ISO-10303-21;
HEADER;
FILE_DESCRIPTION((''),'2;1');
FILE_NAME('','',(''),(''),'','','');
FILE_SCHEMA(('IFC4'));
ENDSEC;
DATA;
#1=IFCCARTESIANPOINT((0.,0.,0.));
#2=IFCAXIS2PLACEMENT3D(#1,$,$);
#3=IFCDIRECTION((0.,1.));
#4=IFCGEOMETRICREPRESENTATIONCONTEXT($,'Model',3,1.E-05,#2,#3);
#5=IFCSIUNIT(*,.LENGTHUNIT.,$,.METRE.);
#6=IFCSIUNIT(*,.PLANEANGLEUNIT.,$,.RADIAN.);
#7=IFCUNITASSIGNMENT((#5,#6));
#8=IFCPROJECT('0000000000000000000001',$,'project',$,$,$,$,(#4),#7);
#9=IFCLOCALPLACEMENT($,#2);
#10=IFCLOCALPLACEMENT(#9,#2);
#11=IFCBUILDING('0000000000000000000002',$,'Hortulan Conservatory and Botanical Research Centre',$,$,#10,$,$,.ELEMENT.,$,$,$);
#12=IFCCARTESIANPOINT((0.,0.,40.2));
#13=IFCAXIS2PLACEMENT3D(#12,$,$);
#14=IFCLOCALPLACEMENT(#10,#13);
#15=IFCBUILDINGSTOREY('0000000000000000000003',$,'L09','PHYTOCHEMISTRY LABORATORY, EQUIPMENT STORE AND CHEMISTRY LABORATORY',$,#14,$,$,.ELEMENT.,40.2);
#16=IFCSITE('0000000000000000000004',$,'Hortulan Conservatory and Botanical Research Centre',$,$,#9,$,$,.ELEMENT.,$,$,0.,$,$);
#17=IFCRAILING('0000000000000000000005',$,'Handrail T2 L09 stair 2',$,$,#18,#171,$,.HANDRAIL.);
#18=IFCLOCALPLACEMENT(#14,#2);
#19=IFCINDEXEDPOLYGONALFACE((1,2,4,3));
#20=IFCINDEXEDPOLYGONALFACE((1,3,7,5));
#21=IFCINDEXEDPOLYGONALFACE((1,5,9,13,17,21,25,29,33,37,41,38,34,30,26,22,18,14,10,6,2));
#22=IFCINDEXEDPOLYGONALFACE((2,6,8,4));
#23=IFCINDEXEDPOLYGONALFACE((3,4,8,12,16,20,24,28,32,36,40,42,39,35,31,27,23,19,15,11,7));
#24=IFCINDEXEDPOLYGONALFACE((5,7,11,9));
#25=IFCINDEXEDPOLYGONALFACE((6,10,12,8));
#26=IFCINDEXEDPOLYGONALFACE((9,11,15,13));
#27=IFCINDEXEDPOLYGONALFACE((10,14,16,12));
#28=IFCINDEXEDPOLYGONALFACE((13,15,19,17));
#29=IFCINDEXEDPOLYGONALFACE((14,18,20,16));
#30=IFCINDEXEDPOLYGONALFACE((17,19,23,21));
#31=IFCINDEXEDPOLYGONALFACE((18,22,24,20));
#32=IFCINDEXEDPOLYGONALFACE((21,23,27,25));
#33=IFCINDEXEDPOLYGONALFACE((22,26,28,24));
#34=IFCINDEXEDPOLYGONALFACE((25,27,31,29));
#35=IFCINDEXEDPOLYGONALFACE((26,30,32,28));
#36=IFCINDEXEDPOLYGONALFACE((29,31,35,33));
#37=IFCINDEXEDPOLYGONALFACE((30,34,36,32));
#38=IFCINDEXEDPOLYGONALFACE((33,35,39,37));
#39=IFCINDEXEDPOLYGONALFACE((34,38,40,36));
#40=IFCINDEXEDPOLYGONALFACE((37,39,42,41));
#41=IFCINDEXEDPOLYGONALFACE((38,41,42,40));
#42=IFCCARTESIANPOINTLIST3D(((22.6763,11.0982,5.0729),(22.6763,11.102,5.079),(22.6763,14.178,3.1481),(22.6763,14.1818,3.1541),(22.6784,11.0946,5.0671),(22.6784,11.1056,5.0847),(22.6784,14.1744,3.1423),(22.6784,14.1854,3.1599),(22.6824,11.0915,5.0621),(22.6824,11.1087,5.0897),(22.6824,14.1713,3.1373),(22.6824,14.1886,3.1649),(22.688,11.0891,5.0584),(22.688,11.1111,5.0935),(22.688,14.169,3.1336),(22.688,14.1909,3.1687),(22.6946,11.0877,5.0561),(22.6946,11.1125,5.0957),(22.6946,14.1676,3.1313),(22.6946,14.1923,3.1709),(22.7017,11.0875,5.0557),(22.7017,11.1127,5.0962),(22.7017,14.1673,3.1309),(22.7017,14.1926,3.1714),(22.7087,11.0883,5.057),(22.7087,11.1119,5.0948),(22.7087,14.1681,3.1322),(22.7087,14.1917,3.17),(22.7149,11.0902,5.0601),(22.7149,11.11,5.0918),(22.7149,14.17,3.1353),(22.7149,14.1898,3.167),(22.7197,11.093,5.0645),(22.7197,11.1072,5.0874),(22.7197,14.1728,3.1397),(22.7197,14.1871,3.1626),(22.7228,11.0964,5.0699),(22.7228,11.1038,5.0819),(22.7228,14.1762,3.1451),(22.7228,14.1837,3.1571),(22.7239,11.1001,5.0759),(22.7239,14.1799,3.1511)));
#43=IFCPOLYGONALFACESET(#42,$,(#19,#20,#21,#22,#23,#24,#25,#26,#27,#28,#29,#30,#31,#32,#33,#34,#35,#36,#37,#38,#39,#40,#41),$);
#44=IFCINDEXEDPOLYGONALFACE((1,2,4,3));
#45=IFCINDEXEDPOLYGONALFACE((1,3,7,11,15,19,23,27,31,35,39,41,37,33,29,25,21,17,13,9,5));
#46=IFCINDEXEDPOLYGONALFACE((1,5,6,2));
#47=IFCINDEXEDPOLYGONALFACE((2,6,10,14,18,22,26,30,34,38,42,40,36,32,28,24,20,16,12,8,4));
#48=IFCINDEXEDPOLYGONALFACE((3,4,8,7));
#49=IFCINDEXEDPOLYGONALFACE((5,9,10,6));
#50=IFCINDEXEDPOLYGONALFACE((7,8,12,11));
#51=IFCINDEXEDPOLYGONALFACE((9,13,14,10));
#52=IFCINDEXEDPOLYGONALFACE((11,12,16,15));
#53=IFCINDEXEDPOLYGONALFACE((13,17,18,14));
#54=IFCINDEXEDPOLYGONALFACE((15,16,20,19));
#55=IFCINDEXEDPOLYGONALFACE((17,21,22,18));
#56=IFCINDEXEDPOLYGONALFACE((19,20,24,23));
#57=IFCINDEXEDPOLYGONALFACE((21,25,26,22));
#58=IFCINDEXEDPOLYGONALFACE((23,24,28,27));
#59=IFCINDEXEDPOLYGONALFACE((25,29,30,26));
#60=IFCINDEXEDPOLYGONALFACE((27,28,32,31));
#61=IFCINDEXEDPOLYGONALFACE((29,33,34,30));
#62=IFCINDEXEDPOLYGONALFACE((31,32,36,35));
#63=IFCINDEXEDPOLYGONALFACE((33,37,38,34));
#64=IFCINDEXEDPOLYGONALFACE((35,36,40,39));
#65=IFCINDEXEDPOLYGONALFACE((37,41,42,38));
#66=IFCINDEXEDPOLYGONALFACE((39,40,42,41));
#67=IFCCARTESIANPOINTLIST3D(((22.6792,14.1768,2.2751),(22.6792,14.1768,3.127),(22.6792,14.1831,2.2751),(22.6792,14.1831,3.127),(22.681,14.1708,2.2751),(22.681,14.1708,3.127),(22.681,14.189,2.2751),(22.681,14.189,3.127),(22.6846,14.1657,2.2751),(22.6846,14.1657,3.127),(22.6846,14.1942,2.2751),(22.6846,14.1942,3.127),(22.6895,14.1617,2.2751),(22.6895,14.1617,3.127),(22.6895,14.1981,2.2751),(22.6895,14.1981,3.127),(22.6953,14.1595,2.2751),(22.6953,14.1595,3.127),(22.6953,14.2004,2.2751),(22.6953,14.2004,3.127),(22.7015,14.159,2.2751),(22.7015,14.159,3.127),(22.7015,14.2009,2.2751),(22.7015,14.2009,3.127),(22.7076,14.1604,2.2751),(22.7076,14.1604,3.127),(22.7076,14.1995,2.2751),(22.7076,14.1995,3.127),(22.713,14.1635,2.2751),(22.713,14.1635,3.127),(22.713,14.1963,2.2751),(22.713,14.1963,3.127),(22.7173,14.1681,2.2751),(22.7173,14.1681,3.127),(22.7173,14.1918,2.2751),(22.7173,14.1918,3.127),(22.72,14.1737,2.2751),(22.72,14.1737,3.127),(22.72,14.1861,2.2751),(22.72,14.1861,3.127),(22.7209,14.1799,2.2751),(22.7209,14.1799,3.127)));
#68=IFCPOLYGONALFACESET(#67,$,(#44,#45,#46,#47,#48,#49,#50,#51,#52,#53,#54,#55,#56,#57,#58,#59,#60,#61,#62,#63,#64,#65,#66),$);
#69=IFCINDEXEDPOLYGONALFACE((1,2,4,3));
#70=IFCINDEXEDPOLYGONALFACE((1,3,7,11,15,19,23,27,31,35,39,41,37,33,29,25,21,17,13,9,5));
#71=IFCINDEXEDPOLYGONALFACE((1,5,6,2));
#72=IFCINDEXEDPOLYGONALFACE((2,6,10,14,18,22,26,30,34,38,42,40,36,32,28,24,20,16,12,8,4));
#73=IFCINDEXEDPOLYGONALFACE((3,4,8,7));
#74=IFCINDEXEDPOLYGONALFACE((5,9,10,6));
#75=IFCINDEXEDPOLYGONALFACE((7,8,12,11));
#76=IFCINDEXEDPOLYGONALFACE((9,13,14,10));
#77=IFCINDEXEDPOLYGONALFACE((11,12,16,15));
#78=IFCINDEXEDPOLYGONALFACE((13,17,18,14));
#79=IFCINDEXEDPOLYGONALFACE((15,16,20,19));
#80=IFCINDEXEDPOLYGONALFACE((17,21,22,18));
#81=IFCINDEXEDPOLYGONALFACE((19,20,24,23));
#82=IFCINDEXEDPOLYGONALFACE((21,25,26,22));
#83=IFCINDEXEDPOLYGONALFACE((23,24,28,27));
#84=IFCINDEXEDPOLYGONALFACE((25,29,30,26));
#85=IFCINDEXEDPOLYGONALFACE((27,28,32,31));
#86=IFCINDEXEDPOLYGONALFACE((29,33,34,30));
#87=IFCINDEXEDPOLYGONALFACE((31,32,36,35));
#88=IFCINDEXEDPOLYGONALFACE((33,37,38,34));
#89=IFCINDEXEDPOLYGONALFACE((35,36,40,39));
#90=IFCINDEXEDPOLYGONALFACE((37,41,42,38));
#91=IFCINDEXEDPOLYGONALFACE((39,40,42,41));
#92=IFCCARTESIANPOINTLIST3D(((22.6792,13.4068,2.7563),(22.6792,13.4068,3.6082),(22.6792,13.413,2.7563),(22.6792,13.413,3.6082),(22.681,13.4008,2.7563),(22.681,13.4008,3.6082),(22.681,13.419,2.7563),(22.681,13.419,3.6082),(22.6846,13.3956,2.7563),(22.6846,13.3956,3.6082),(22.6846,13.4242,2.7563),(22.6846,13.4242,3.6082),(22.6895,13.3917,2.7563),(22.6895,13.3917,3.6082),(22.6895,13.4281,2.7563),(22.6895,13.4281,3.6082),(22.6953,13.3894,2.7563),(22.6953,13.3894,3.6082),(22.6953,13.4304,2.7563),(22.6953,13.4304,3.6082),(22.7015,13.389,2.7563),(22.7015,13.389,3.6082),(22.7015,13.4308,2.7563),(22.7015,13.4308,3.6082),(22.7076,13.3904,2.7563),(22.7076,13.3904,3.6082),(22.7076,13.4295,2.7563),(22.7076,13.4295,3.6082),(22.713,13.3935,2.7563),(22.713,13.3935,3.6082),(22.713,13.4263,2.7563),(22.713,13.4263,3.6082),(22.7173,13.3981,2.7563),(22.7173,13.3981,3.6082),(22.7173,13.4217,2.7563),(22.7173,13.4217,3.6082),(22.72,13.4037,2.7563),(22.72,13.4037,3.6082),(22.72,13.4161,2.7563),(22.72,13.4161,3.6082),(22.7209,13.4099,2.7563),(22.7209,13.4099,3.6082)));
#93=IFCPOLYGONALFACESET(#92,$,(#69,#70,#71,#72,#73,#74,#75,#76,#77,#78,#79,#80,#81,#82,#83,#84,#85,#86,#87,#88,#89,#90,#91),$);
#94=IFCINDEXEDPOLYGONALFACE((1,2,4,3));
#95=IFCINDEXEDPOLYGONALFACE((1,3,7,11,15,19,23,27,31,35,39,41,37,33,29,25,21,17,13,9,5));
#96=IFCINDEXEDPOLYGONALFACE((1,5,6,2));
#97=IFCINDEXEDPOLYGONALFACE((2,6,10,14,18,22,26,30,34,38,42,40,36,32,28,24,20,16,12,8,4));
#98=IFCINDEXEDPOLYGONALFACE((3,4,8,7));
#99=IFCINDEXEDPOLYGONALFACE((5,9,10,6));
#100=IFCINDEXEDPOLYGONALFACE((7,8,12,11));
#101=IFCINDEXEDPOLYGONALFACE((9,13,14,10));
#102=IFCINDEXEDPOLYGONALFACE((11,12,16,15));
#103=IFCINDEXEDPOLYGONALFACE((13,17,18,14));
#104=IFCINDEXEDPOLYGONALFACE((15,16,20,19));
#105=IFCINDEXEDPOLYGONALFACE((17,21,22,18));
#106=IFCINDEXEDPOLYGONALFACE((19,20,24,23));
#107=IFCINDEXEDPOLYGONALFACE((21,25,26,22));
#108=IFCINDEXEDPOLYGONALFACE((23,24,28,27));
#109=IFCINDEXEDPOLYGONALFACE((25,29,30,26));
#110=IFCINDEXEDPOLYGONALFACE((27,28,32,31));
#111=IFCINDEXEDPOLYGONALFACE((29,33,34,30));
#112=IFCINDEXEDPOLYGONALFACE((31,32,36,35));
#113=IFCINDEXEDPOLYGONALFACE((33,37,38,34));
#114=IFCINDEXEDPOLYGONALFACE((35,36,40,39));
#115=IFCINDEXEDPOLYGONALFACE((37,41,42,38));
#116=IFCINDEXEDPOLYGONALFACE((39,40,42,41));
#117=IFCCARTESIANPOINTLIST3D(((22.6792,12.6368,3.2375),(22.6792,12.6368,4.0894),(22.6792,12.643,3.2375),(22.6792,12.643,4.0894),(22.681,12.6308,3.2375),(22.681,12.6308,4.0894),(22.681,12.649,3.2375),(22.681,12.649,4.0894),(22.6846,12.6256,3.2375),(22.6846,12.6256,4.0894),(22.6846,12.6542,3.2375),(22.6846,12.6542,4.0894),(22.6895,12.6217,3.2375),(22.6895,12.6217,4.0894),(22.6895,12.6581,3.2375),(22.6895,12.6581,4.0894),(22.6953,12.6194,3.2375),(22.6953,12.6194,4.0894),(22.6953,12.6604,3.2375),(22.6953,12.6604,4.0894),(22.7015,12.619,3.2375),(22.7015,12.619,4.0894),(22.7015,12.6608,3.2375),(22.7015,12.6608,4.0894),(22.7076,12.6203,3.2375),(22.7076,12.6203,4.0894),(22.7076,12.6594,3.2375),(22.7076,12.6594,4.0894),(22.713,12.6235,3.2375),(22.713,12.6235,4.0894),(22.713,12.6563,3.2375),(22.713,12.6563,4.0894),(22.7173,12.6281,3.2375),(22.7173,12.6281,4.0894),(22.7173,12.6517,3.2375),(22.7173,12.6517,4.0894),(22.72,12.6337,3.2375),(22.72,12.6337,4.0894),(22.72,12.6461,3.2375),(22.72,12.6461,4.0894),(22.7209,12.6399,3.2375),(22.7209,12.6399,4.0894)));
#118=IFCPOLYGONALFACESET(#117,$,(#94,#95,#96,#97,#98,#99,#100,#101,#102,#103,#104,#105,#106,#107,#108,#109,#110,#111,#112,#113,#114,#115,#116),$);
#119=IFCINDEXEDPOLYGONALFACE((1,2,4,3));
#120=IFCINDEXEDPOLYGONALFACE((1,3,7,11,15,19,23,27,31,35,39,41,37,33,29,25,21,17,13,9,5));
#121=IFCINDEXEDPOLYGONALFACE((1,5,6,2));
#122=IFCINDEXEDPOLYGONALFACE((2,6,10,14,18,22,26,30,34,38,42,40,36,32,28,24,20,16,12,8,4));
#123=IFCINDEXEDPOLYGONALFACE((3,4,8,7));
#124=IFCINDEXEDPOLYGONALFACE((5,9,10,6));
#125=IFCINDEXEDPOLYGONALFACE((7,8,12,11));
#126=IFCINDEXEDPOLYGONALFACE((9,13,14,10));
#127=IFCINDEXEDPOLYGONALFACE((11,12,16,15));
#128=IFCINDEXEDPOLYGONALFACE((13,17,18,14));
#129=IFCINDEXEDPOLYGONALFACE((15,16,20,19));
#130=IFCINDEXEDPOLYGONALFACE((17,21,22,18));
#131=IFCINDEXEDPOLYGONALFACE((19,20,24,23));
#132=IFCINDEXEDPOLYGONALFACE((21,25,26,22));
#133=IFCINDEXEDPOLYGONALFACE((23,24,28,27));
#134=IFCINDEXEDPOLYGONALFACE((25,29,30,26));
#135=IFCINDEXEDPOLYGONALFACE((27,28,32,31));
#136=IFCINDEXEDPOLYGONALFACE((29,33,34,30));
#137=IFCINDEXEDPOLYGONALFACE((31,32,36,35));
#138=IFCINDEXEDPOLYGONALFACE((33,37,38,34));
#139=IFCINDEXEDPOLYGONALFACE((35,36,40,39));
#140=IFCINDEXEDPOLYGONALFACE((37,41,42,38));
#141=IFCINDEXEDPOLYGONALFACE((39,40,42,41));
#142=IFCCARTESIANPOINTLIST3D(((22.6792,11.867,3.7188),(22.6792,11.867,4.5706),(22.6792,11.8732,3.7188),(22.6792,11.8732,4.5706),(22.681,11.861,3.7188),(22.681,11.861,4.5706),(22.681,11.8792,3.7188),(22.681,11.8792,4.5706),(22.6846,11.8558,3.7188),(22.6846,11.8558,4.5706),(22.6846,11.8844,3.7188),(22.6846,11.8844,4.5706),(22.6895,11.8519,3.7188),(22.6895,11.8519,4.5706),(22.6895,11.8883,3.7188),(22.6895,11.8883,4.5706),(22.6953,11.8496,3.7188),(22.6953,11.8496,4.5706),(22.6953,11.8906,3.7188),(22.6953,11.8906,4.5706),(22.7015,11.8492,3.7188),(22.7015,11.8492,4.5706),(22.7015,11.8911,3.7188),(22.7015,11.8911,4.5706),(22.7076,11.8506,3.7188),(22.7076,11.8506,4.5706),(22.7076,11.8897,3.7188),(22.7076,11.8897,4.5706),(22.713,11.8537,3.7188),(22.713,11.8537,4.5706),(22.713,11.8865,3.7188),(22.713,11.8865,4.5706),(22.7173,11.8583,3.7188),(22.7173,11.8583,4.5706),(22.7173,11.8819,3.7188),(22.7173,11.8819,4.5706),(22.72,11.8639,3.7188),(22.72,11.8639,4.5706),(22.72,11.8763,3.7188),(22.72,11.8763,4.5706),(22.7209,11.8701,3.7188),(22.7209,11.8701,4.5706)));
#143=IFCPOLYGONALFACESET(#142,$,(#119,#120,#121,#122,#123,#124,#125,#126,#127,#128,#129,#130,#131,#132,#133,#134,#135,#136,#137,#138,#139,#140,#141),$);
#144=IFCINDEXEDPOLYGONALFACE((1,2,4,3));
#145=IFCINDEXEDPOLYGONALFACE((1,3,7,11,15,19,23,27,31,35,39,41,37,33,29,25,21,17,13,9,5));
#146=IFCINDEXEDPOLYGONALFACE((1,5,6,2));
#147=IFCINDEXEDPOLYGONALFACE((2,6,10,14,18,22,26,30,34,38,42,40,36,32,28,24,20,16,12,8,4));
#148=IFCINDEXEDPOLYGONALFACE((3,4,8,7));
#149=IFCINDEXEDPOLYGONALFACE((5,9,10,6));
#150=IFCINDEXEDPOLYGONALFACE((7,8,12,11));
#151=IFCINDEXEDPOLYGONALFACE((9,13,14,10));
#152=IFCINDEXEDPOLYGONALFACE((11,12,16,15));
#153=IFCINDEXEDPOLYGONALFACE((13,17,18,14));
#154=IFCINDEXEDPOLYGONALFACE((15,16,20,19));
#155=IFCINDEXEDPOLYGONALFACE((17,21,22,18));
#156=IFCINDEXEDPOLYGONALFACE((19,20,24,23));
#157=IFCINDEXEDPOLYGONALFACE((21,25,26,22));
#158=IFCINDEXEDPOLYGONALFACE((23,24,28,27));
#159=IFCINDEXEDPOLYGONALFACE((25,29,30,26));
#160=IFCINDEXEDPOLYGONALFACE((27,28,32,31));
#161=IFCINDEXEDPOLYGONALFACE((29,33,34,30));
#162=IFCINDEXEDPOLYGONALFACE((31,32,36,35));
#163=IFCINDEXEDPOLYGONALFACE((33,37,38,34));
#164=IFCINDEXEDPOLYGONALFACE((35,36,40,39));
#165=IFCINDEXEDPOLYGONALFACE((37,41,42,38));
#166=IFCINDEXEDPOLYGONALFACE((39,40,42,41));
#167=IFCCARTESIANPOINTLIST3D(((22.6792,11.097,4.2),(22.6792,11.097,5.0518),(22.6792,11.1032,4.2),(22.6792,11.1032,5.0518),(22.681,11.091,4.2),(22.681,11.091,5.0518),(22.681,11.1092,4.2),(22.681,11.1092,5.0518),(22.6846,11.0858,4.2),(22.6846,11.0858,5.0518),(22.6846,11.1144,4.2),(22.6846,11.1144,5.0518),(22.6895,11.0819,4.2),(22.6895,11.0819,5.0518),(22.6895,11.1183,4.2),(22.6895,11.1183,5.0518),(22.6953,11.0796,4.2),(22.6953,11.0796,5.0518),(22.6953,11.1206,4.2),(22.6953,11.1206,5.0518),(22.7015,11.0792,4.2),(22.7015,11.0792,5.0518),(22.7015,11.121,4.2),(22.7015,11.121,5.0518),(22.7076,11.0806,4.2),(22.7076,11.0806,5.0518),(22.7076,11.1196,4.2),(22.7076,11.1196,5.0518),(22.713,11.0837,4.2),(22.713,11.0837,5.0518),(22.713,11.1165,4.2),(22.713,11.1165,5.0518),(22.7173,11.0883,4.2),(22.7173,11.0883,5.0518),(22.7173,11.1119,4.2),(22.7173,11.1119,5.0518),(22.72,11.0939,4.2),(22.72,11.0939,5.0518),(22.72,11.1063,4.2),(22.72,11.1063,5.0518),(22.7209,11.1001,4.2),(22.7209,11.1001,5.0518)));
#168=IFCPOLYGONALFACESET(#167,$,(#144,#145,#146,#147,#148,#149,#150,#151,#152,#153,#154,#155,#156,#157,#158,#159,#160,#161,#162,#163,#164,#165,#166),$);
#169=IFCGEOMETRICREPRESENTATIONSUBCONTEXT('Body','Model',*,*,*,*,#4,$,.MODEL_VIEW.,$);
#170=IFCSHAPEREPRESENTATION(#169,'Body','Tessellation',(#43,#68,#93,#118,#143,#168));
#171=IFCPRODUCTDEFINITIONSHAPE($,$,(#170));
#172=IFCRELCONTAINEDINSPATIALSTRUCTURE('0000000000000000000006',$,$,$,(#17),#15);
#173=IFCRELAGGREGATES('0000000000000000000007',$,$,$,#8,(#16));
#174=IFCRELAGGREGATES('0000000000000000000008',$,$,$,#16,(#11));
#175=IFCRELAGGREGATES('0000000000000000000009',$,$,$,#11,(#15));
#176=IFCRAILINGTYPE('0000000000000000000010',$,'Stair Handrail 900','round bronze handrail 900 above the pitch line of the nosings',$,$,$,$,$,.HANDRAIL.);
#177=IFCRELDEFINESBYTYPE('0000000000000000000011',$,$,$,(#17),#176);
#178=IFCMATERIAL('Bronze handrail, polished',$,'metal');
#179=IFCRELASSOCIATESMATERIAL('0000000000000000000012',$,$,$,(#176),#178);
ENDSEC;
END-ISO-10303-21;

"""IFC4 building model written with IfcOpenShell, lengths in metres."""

from ifc_helpers import new_model, si_unit, direction, frame, origin, origin_2d, place, context, subcontext, project, spatial, circle, extrude, material, type_object, element, save


model = new_model("IFC4")

# Units and contexts
model_context = context("Model", 3, precision=1e-05, world=origin(), true_north=direction((0.0, 1.0)))
body_context = subcontext(model_context, "Body", "Model", "MODEL_VIEW")
ifc_project = project(units=[si_unit("LENGTHUNIT", "METRE"), si_unit("PLANEANGLEUNIT", "RADIAN")], contexts=[model_context])

# Site, building, storey
site_placement = place(None, origin())
site = spatial("IfcSite", under=ifc_project, at=site_placement, Name="Hortulan Conservatory and Botanical Research Centre", CompositionType="ELEMENT", RefElevation=0.0)
building_placement = place(site_placement, origin())
building = spatial("IfcBuilding", under=site, at=building_placement, Name="Hortulan Conservatory and Botanical Research Centre", CompositionType="ELEMENT")
storey_placement = place(building_placement, frame((0.0, 0.0, 40.2)))
storey = spatial("IfcBuildingStorey", under=building, at=storey_placement, Name="L09", Description="PHYTOCHEMISTRY LABORATORY, EQUIPMENT STORE AND CHEMISTRY LABORATORY", CompositionType="ELEMENT", Elevation=40.2)

# Railing
ifc_material_1 = material(Name="Bronze handrail, polished", Category="metal")
railing_type_1 = type_object("IfcRailingType", Name="Stair Handrail 900", Description="round bronze handrail 900 above the pitch line of the nosings", PredefinedType="HANDRAIL", material=ifc_material_1)
railing_1_placement = place(storey_placement, frame((22.7, 14.1799, 2.2751)))
element("IfcRailing", 1, at=railing_1_placement, inside=storey, type_object=railing_type_1, Name="Handrail T2 L09 stair 2", PredefinedType="HANDRAIL", context=body_context, shape_type="SweptSolid", body=[
    extrude(circle(Radius=0.0239, at=origin_2d()), frame((0.0, 0.0, 0.876), z_axis=(0.0, -0.84801, 0.529981), x_axis=(1.0, 0.0, 0.0)), (0.0, 0.0, 1.0), 3.6318),
    extrude(circle(Radius=0.021, at=origin_2d()), origin(), (0.0, 0.0, 1.0), 0.8518),
    extrude(circle(Radius=0.021, at=origin_2d()), frame((0.0, -0.77, 0.4812)), (0.0, 0.0, 1.0), 0.8518),
    extrude(circle(Radius=0.021, at=origin_2d()), frame((0.0, -1.54, 0.9624)), (0.0, 0.0, 1.0), 0.8518),
    extrude(circle(Radius=0.021, at=origin_2d()), frame((0.0, -2.3098, 1.4436)), (0.0, 0.0, 1.0), 0.8518),
    extrude(circle(Radius=0.021, at=origin_2d()), frame((0.0, -3.0798, 1.9248)), (0.0, 0.0, 1.0), 0.8518),
])

save(model, "model.ifc")
